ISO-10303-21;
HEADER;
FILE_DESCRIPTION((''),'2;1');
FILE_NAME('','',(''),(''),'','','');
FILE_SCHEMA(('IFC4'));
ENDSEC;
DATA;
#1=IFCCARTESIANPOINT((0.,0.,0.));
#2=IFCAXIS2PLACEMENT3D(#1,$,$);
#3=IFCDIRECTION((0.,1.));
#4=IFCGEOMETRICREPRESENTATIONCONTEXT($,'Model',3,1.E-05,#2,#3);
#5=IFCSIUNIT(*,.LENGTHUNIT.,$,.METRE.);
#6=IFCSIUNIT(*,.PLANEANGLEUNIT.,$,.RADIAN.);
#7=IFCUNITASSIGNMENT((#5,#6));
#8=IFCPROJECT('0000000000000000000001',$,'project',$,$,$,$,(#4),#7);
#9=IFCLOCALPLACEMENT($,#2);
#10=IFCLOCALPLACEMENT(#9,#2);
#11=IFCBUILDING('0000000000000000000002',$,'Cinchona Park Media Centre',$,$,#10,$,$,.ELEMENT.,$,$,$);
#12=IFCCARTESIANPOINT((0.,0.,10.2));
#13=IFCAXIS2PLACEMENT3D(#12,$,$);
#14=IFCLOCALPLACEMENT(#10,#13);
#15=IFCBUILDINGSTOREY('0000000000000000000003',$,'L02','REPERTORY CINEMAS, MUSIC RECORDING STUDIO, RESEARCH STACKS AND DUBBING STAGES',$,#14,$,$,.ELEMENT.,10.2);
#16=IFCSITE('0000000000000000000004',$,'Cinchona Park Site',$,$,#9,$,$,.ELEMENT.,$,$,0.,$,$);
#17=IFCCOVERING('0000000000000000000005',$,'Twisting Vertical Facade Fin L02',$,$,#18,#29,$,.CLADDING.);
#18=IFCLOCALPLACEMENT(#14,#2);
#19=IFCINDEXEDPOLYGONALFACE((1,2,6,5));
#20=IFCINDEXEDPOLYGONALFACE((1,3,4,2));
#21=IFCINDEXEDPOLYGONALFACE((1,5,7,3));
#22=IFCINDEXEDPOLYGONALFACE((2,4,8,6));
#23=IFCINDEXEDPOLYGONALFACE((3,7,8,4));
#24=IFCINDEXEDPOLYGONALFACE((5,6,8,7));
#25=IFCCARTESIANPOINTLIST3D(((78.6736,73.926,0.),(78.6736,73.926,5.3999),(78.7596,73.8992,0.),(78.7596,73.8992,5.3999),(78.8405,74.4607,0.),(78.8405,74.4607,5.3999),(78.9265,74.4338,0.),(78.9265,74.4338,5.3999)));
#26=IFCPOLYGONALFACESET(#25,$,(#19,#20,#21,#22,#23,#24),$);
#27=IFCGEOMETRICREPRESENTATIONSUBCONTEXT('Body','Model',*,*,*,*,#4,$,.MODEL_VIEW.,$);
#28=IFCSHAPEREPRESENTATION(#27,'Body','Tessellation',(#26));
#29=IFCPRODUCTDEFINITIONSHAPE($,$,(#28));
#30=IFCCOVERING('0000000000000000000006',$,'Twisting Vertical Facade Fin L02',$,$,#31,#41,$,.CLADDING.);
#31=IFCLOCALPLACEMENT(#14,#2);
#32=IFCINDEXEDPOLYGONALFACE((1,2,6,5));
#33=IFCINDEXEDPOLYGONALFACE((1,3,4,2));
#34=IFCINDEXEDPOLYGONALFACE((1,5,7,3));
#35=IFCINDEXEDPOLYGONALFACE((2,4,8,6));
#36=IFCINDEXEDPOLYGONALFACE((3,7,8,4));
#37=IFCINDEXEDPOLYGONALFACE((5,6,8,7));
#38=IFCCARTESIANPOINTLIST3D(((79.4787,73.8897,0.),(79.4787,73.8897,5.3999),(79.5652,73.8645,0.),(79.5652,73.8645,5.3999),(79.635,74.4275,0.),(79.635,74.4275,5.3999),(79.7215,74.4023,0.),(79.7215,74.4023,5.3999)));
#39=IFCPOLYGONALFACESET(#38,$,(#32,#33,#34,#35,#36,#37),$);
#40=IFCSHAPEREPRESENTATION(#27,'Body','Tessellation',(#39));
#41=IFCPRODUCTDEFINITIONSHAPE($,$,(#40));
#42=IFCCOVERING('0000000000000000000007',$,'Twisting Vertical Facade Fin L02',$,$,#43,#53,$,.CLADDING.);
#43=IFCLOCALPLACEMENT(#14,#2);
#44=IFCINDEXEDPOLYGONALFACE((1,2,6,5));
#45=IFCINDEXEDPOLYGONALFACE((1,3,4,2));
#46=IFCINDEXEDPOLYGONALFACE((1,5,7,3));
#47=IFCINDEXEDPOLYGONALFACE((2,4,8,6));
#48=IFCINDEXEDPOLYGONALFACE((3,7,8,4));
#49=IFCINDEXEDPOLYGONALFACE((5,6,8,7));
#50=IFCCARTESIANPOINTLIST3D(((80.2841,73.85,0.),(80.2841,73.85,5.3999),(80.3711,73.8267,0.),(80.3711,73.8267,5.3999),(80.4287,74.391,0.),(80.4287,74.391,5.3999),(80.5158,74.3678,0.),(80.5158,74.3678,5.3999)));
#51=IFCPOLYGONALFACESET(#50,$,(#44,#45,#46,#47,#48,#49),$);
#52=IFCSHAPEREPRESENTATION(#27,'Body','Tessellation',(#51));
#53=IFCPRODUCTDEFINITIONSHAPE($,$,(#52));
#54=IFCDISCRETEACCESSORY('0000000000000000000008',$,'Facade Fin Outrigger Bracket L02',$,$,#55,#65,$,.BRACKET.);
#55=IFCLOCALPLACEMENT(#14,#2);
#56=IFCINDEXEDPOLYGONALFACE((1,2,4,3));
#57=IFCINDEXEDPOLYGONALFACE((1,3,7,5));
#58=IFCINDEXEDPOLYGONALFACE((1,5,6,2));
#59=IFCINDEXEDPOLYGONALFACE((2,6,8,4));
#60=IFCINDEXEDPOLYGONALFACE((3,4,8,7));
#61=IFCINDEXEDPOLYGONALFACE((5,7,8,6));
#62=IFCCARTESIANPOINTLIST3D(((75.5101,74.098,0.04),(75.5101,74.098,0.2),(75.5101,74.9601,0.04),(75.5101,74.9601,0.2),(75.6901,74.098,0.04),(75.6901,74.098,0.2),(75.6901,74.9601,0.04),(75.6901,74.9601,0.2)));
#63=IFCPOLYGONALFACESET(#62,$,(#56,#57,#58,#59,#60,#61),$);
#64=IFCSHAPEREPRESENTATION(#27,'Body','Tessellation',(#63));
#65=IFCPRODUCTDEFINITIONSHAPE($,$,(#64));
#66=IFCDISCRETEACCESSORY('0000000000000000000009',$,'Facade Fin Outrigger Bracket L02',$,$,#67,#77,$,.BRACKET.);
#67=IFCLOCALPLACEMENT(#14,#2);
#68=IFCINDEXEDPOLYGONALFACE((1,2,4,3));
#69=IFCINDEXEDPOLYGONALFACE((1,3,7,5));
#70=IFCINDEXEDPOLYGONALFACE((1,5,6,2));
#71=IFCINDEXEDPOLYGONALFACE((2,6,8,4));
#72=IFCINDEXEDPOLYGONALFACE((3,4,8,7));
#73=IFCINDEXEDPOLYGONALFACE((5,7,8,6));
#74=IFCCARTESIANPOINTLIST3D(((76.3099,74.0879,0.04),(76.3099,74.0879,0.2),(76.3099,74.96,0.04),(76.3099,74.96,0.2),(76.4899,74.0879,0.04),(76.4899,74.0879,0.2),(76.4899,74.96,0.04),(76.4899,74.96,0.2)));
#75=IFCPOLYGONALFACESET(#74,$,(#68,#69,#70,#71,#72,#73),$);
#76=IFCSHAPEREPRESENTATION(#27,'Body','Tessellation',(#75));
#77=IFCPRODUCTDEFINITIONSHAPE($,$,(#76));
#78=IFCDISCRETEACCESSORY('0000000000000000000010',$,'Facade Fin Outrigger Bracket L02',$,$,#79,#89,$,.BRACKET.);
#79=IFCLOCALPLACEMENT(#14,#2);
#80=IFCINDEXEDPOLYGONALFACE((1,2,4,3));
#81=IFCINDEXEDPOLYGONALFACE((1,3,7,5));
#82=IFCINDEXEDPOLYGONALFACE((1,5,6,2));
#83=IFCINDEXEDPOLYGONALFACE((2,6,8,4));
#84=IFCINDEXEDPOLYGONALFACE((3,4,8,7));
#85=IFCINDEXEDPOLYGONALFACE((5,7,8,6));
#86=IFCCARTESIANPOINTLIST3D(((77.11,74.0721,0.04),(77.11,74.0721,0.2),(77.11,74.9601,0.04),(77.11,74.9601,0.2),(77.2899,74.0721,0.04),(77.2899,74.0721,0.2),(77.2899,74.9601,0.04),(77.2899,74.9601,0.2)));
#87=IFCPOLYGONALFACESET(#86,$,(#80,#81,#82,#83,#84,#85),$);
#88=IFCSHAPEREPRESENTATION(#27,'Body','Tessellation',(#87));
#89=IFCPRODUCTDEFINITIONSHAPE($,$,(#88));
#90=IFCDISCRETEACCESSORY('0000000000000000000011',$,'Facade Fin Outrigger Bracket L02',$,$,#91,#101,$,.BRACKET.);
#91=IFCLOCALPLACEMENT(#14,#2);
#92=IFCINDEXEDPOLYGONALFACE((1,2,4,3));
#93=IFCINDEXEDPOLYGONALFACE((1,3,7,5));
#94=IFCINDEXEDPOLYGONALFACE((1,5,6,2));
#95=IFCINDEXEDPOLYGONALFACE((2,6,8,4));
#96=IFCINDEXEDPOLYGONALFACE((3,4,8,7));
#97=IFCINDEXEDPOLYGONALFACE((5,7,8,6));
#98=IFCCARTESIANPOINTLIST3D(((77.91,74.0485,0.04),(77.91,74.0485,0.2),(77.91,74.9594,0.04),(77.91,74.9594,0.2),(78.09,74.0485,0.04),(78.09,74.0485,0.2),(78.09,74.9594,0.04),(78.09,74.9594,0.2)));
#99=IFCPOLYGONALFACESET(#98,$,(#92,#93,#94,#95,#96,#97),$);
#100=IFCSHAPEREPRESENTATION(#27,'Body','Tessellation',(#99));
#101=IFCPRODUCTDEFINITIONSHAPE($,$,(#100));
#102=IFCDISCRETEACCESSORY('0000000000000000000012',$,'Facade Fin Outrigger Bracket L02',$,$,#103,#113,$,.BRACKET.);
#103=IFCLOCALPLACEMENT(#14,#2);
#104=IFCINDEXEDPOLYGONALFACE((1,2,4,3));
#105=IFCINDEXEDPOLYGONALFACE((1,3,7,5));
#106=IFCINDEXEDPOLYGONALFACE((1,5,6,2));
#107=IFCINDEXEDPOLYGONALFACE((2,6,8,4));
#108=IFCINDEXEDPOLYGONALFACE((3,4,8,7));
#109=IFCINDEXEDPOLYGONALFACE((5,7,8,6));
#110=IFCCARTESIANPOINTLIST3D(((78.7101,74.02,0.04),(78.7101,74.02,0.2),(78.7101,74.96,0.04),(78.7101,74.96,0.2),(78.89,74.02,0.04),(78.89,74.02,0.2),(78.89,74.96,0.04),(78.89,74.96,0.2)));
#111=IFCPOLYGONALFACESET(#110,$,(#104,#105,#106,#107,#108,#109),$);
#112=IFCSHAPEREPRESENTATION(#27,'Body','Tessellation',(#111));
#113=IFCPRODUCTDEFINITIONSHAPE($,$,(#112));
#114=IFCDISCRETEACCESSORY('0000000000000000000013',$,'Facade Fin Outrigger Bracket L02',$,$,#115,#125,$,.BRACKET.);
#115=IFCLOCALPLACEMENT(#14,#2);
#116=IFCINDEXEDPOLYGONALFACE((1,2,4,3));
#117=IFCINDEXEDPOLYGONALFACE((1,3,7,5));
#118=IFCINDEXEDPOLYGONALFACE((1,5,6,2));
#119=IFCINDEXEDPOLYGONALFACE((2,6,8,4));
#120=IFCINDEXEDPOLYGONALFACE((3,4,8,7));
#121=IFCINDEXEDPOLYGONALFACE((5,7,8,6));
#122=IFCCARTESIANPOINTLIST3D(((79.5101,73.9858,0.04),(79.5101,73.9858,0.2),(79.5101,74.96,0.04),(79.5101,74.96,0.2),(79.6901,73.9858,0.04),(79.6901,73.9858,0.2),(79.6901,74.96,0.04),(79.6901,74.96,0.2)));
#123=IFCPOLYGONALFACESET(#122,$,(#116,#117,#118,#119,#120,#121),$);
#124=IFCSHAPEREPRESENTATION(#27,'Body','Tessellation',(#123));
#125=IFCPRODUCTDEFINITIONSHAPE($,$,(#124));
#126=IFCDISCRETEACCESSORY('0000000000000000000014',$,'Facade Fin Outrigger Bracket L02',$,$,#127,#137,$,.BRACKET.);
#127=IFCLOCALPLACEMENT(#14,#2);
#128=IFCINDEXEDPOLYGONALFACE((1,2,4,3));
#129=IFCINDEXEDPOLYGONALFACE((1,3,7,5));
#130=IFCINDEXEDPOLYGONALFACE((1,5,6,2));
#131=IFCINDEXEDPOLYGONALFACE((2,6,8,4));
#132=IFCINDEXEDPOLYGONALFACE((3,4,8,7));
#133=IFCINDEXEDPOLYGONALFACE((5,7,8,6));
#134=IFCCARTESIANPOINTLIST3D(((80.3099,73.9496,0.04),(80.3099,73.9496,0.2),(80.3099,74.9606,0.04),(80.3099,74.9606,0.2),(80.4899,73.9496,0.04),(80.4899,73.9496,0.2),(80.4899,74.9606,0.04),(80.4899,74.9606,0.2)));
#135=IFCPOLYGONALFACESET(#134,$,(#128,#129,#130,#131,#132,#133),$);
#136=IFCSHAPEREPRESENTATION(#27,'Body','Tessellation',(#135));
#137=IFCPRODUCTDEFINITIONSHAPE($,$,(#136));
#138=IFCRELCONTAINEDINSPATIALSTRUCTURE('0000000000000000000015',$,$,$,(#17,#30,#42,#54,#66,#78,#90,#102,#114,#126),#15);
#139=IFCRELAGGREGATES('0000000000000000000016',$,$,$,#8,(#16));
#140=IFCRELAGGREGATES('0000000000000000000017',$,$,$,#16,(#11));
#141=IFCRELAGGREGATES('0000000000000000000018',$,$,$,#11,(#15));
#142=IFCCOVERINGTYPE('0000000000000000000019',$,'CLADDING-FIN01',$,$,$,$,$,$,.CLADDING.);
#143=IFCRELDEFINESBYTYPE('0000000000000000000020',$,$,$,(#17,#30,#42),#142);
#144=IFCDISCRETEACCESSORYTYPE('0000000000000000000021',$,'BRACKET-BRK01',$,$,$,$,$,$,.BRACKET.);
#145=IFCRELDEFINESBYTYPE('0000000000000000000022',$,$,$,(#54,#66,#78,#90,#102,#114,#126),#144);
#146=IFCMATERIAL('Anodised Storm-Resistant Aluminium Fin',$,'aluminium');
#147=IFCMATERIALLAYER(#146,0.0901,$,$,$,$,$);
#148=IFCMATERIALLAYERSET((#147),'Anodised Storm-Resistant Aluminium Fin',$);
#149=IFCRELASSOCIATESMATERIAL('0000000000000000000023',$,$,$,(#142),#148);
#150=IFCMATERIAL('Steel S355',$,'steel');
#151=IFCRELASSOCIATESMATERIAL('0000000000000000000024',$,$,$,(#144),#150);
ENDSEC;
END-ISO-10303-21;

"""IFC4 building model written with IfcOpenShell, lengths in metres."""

from ifc_helpers import new_model, si_unit, direction, frame, origin, origin_2d, place, context, subcontext, project, spatial, rectangle, extrude, material, layer, layer_set, type_object, element, save


model = new_model("IFC4")

# Units and contexts
model_context = context("Model", 3, precision=1e-05, world=origin(), true_north=direction((0.0, 1.0)))
body_context = subcontext(model_context, "Body", "Model", "MODEL_VIEW")
ifc_project = project(units=[si_unit("LENGTHUNIT", "METRE"), si_unit("PLANEANGLEUNIT", "RADIAN")], contexts=[model_context])

# Site, building, storey
site_placement = place(None, origin())
site = spatial("IfcSite", under=ifc_project, at=site_placement, Name="Cinchona Park Site", CompositionType="ELEMENT", RefElevation=0.0)
building_placement = place(site_placement, origin())
building = spatial("IfcBuilding", under=site, at=building_placement, Name="Cinchona Park Media Centre", CompositionType="ELEMENT")
storey_placement = place(building_placement, frame((0.0, 0.0, 10.2)))
storey = spatial("IfcBuildingStorey", under=building, at=storey_placement, Name="L02", Description="REPERTORY CINEMAS, MUSIC RECORDING STUDIO, RESEARCH STACKS AND DUBBING STAGES", CompositionType="ELEMENT", Elevation=10.2)

# Coverings
ifc_material_1 = material(Name="Anodised Storm-Resistant Aluminium Fin", Category="aluminium")
ifc_layer_1 = layer(ifc_material_1, 0.0901)
ifc_layer_set_1 = layer_set([ifc_layer_1], Name="Anodised Storm-Resistant Aluminium Fin")
covering_type = type_object("IfcCoveringType", Name="CLADDING-FIN01", PredefinedType="CLADDING", material=ifc_layer_set_1)
for number, where, z_axis, x_axis, name in (
    (1, (78.8, 74.1799, 0.0), (0.0, 0.0, 1.0), (0.297875, 0.954605, 0.0), "Twisting Vertical Facade Fin L02"),
    (2, (79.6001, 74.146, 0.0), (0.0, 0.0, 1.0), (0.279159, 0.960245, 0.0), "Twisting Vertical Facade Fin L02"),
    (3, (80.3999, 74.1089, 0.0), (0.0, 0.0, 1.0), (0.258313, 0.966061, 0.0), "Twisting Vertical Facade Fin L02"),
):
    element("IfcCovering", number, at=place(storey_placement, frame(where, z_axis=z_axis, x_axis=x_axis)), inside=storey, type_object=covering_type, Name=name, PredefinedType="CLADDING", context=body_context, shape_type="SweptSolid", body=[
        extrude(rectangle(XDim=0.5601, YDim=0.0901, at=origin_2d()), origin(), (0.0, 0.0, 1.0), 5.3999),
    ])

# Discrete accessories
ifc_material_2 = material(Name="Steel S355", Category="steel")
discrete_accessory_type = type_object("IfcDiscreteAccessoryType", Name="BRACKET-BRK01", PredefinedType="BRACKET", material=ifc_material_2)
discrete_accessory_1_placement = place(storey_placement, frame((75.6001, 74.5291, 0.04), z_axis=(0.0, 0.0, 1.0), x_axis=(1.0, 0.0, 0.0)))
element("IfcDiscreteAccessory", 4, at=discrete_accessory_1_placement, inside=storey, type_object=discrete_accessory_type, Name="Facade Fin Outrigger Bracket L02", PredefinedType="BRACKET", context=body_context, shape_type="SweptSolid", body=[
    extrude(rectangle(XDim=0.1799, YDim=0.8621, at=origin_2d()), origin(), (0.0, 0.0, 1.0), 0.1599),
])
discrete_accessory_2_placement = place(storey_placement, frame((76.3999, 74.5239, 0.04), z_axis=(0.0, 0.0, 1.0), x_axis=(1.0, 0.0, 0.0)))
element("IfcDiscreteAccessory", 5, at=discrete_accessory_2_placement, inside=storey, type_object=discrete_accessory_type, Name="Facade Fin Outrigger Bracket L02", PredefinedType="BRACKET", context=body_context, shape_type="SweptSolid", body=[
    extrude(rectangle(XDim=0.1799, YDim=0.8721, at=origin_2d()), origin(), (0.0, 0.0, 1.0), 0.1599),
])
discrete_accessory_3_placement = place(storey_placement, frame((77.2, 74.5161, 0.04), z_axis=(0.0, 0.0, 1.0), x_axis=(1.0, 0.0, 0.0)))
element("IfcDiscreteAccessory", 6, at=discrete_accessory_3_placement, inside=storey, type_object=discrete_accessory_type, Name="Facade Fin Outrigger Bracket L02", PredefinedType="BRACKET", context=body_context, shape_type="SweptSolid", body=[
    extrude(rectangle(XDim=0.1799, YDim=0.8879, at=origin_2d()), origin(), (0.0, 0.0, 1.0), 0.1599),
])
discrete_accessory_4_placement = place(storey_placement, frame((78.0, 74.5039, 0.04), z_axis=(0.0, 0.0, 1.0), x_axis=(1.0, 0.0, 0.0)))
element("IfcDiscreteAccessory", 7, at=discrete_accessory_4_placement, inside=storey, type_object=discrete_accessory_type, Name="Facade Fin Outrigger Bracket L02", PredefinedType="BRACKET", context=body_context, shape_type="SweptSolid", body=[
    extrude(rectangle(XDim=0.1799, YDim=0.9109, at=origin_2d()), origin(), (0.0, 0.0, 1.0), 0.1599),
])
discrete_accessory_5_placement = place(storey_placement, frame((78.8, 74.49, 0.04), z_axis=(0.0, 0.0, 1.0), x_axis=(1.0, 0.0, 0.0)))
element("IfcDiscreteAccessory", 8, at=discrete_accessory_5_placement, inside=storey, type_object=discrete_accessory_type, Name="Facade Fin Outrigger Bracket L02", PredefinedType="BRACKET", context=body_context, shape_type="SweptSolid", body=[
    extrude(rectangle(XDim=0.1799, YDim=0.9399, at=origin_2d()), origin(), (0.0, 0.0, 1.0), 0.1599),
])
discrete_accessory_6_placement = place(storey_placement, frame((79.6001, 74.4729, 0.04), z_axis=(0.0, 0.0, 1.0), x_axis=(1.0, 0.0, 0.0)))
element("IfcDiscreteAccessory", 9, at=discrete_accessory_6_placement, inside=storey, type_object=discrete_accessory_type, Name="Facade Fin Outrigger Bracket L02", PredefinedType="BRACKET", context=body_context, shape_type="SweptSolid", body=[
    extrude(rectangle(XDim=0.1799, YDim=0.9741, at=origin_2d()), origin(), (0.0, 0.0, 1.0), 0.1599),
])
discrete_accessory_7_placement = place(storey_placement, frame((80.3999, 74.4551, 0.04), z_axis=(0.0, 0.0, 1.0), x_axis=(1.0, 0.0, 0.0)))
element("IfcDiscreteAccessory", 10, at=discrete_accessory_7_placement, inside=storey, type_object=discrete_accessory_type, Name="Facade Fin Outrigger Bracket L02", PredefinedType="BRACKET", context=body_context, shape_type="SweptSolid", body=[
    extrude(rectangle(XDim=0.1799, YDim=1.011, at=origin_2d()), origin(), (0.0, 0.0, 1.0), 0.1599),
])

save(model, "model.ifc")
